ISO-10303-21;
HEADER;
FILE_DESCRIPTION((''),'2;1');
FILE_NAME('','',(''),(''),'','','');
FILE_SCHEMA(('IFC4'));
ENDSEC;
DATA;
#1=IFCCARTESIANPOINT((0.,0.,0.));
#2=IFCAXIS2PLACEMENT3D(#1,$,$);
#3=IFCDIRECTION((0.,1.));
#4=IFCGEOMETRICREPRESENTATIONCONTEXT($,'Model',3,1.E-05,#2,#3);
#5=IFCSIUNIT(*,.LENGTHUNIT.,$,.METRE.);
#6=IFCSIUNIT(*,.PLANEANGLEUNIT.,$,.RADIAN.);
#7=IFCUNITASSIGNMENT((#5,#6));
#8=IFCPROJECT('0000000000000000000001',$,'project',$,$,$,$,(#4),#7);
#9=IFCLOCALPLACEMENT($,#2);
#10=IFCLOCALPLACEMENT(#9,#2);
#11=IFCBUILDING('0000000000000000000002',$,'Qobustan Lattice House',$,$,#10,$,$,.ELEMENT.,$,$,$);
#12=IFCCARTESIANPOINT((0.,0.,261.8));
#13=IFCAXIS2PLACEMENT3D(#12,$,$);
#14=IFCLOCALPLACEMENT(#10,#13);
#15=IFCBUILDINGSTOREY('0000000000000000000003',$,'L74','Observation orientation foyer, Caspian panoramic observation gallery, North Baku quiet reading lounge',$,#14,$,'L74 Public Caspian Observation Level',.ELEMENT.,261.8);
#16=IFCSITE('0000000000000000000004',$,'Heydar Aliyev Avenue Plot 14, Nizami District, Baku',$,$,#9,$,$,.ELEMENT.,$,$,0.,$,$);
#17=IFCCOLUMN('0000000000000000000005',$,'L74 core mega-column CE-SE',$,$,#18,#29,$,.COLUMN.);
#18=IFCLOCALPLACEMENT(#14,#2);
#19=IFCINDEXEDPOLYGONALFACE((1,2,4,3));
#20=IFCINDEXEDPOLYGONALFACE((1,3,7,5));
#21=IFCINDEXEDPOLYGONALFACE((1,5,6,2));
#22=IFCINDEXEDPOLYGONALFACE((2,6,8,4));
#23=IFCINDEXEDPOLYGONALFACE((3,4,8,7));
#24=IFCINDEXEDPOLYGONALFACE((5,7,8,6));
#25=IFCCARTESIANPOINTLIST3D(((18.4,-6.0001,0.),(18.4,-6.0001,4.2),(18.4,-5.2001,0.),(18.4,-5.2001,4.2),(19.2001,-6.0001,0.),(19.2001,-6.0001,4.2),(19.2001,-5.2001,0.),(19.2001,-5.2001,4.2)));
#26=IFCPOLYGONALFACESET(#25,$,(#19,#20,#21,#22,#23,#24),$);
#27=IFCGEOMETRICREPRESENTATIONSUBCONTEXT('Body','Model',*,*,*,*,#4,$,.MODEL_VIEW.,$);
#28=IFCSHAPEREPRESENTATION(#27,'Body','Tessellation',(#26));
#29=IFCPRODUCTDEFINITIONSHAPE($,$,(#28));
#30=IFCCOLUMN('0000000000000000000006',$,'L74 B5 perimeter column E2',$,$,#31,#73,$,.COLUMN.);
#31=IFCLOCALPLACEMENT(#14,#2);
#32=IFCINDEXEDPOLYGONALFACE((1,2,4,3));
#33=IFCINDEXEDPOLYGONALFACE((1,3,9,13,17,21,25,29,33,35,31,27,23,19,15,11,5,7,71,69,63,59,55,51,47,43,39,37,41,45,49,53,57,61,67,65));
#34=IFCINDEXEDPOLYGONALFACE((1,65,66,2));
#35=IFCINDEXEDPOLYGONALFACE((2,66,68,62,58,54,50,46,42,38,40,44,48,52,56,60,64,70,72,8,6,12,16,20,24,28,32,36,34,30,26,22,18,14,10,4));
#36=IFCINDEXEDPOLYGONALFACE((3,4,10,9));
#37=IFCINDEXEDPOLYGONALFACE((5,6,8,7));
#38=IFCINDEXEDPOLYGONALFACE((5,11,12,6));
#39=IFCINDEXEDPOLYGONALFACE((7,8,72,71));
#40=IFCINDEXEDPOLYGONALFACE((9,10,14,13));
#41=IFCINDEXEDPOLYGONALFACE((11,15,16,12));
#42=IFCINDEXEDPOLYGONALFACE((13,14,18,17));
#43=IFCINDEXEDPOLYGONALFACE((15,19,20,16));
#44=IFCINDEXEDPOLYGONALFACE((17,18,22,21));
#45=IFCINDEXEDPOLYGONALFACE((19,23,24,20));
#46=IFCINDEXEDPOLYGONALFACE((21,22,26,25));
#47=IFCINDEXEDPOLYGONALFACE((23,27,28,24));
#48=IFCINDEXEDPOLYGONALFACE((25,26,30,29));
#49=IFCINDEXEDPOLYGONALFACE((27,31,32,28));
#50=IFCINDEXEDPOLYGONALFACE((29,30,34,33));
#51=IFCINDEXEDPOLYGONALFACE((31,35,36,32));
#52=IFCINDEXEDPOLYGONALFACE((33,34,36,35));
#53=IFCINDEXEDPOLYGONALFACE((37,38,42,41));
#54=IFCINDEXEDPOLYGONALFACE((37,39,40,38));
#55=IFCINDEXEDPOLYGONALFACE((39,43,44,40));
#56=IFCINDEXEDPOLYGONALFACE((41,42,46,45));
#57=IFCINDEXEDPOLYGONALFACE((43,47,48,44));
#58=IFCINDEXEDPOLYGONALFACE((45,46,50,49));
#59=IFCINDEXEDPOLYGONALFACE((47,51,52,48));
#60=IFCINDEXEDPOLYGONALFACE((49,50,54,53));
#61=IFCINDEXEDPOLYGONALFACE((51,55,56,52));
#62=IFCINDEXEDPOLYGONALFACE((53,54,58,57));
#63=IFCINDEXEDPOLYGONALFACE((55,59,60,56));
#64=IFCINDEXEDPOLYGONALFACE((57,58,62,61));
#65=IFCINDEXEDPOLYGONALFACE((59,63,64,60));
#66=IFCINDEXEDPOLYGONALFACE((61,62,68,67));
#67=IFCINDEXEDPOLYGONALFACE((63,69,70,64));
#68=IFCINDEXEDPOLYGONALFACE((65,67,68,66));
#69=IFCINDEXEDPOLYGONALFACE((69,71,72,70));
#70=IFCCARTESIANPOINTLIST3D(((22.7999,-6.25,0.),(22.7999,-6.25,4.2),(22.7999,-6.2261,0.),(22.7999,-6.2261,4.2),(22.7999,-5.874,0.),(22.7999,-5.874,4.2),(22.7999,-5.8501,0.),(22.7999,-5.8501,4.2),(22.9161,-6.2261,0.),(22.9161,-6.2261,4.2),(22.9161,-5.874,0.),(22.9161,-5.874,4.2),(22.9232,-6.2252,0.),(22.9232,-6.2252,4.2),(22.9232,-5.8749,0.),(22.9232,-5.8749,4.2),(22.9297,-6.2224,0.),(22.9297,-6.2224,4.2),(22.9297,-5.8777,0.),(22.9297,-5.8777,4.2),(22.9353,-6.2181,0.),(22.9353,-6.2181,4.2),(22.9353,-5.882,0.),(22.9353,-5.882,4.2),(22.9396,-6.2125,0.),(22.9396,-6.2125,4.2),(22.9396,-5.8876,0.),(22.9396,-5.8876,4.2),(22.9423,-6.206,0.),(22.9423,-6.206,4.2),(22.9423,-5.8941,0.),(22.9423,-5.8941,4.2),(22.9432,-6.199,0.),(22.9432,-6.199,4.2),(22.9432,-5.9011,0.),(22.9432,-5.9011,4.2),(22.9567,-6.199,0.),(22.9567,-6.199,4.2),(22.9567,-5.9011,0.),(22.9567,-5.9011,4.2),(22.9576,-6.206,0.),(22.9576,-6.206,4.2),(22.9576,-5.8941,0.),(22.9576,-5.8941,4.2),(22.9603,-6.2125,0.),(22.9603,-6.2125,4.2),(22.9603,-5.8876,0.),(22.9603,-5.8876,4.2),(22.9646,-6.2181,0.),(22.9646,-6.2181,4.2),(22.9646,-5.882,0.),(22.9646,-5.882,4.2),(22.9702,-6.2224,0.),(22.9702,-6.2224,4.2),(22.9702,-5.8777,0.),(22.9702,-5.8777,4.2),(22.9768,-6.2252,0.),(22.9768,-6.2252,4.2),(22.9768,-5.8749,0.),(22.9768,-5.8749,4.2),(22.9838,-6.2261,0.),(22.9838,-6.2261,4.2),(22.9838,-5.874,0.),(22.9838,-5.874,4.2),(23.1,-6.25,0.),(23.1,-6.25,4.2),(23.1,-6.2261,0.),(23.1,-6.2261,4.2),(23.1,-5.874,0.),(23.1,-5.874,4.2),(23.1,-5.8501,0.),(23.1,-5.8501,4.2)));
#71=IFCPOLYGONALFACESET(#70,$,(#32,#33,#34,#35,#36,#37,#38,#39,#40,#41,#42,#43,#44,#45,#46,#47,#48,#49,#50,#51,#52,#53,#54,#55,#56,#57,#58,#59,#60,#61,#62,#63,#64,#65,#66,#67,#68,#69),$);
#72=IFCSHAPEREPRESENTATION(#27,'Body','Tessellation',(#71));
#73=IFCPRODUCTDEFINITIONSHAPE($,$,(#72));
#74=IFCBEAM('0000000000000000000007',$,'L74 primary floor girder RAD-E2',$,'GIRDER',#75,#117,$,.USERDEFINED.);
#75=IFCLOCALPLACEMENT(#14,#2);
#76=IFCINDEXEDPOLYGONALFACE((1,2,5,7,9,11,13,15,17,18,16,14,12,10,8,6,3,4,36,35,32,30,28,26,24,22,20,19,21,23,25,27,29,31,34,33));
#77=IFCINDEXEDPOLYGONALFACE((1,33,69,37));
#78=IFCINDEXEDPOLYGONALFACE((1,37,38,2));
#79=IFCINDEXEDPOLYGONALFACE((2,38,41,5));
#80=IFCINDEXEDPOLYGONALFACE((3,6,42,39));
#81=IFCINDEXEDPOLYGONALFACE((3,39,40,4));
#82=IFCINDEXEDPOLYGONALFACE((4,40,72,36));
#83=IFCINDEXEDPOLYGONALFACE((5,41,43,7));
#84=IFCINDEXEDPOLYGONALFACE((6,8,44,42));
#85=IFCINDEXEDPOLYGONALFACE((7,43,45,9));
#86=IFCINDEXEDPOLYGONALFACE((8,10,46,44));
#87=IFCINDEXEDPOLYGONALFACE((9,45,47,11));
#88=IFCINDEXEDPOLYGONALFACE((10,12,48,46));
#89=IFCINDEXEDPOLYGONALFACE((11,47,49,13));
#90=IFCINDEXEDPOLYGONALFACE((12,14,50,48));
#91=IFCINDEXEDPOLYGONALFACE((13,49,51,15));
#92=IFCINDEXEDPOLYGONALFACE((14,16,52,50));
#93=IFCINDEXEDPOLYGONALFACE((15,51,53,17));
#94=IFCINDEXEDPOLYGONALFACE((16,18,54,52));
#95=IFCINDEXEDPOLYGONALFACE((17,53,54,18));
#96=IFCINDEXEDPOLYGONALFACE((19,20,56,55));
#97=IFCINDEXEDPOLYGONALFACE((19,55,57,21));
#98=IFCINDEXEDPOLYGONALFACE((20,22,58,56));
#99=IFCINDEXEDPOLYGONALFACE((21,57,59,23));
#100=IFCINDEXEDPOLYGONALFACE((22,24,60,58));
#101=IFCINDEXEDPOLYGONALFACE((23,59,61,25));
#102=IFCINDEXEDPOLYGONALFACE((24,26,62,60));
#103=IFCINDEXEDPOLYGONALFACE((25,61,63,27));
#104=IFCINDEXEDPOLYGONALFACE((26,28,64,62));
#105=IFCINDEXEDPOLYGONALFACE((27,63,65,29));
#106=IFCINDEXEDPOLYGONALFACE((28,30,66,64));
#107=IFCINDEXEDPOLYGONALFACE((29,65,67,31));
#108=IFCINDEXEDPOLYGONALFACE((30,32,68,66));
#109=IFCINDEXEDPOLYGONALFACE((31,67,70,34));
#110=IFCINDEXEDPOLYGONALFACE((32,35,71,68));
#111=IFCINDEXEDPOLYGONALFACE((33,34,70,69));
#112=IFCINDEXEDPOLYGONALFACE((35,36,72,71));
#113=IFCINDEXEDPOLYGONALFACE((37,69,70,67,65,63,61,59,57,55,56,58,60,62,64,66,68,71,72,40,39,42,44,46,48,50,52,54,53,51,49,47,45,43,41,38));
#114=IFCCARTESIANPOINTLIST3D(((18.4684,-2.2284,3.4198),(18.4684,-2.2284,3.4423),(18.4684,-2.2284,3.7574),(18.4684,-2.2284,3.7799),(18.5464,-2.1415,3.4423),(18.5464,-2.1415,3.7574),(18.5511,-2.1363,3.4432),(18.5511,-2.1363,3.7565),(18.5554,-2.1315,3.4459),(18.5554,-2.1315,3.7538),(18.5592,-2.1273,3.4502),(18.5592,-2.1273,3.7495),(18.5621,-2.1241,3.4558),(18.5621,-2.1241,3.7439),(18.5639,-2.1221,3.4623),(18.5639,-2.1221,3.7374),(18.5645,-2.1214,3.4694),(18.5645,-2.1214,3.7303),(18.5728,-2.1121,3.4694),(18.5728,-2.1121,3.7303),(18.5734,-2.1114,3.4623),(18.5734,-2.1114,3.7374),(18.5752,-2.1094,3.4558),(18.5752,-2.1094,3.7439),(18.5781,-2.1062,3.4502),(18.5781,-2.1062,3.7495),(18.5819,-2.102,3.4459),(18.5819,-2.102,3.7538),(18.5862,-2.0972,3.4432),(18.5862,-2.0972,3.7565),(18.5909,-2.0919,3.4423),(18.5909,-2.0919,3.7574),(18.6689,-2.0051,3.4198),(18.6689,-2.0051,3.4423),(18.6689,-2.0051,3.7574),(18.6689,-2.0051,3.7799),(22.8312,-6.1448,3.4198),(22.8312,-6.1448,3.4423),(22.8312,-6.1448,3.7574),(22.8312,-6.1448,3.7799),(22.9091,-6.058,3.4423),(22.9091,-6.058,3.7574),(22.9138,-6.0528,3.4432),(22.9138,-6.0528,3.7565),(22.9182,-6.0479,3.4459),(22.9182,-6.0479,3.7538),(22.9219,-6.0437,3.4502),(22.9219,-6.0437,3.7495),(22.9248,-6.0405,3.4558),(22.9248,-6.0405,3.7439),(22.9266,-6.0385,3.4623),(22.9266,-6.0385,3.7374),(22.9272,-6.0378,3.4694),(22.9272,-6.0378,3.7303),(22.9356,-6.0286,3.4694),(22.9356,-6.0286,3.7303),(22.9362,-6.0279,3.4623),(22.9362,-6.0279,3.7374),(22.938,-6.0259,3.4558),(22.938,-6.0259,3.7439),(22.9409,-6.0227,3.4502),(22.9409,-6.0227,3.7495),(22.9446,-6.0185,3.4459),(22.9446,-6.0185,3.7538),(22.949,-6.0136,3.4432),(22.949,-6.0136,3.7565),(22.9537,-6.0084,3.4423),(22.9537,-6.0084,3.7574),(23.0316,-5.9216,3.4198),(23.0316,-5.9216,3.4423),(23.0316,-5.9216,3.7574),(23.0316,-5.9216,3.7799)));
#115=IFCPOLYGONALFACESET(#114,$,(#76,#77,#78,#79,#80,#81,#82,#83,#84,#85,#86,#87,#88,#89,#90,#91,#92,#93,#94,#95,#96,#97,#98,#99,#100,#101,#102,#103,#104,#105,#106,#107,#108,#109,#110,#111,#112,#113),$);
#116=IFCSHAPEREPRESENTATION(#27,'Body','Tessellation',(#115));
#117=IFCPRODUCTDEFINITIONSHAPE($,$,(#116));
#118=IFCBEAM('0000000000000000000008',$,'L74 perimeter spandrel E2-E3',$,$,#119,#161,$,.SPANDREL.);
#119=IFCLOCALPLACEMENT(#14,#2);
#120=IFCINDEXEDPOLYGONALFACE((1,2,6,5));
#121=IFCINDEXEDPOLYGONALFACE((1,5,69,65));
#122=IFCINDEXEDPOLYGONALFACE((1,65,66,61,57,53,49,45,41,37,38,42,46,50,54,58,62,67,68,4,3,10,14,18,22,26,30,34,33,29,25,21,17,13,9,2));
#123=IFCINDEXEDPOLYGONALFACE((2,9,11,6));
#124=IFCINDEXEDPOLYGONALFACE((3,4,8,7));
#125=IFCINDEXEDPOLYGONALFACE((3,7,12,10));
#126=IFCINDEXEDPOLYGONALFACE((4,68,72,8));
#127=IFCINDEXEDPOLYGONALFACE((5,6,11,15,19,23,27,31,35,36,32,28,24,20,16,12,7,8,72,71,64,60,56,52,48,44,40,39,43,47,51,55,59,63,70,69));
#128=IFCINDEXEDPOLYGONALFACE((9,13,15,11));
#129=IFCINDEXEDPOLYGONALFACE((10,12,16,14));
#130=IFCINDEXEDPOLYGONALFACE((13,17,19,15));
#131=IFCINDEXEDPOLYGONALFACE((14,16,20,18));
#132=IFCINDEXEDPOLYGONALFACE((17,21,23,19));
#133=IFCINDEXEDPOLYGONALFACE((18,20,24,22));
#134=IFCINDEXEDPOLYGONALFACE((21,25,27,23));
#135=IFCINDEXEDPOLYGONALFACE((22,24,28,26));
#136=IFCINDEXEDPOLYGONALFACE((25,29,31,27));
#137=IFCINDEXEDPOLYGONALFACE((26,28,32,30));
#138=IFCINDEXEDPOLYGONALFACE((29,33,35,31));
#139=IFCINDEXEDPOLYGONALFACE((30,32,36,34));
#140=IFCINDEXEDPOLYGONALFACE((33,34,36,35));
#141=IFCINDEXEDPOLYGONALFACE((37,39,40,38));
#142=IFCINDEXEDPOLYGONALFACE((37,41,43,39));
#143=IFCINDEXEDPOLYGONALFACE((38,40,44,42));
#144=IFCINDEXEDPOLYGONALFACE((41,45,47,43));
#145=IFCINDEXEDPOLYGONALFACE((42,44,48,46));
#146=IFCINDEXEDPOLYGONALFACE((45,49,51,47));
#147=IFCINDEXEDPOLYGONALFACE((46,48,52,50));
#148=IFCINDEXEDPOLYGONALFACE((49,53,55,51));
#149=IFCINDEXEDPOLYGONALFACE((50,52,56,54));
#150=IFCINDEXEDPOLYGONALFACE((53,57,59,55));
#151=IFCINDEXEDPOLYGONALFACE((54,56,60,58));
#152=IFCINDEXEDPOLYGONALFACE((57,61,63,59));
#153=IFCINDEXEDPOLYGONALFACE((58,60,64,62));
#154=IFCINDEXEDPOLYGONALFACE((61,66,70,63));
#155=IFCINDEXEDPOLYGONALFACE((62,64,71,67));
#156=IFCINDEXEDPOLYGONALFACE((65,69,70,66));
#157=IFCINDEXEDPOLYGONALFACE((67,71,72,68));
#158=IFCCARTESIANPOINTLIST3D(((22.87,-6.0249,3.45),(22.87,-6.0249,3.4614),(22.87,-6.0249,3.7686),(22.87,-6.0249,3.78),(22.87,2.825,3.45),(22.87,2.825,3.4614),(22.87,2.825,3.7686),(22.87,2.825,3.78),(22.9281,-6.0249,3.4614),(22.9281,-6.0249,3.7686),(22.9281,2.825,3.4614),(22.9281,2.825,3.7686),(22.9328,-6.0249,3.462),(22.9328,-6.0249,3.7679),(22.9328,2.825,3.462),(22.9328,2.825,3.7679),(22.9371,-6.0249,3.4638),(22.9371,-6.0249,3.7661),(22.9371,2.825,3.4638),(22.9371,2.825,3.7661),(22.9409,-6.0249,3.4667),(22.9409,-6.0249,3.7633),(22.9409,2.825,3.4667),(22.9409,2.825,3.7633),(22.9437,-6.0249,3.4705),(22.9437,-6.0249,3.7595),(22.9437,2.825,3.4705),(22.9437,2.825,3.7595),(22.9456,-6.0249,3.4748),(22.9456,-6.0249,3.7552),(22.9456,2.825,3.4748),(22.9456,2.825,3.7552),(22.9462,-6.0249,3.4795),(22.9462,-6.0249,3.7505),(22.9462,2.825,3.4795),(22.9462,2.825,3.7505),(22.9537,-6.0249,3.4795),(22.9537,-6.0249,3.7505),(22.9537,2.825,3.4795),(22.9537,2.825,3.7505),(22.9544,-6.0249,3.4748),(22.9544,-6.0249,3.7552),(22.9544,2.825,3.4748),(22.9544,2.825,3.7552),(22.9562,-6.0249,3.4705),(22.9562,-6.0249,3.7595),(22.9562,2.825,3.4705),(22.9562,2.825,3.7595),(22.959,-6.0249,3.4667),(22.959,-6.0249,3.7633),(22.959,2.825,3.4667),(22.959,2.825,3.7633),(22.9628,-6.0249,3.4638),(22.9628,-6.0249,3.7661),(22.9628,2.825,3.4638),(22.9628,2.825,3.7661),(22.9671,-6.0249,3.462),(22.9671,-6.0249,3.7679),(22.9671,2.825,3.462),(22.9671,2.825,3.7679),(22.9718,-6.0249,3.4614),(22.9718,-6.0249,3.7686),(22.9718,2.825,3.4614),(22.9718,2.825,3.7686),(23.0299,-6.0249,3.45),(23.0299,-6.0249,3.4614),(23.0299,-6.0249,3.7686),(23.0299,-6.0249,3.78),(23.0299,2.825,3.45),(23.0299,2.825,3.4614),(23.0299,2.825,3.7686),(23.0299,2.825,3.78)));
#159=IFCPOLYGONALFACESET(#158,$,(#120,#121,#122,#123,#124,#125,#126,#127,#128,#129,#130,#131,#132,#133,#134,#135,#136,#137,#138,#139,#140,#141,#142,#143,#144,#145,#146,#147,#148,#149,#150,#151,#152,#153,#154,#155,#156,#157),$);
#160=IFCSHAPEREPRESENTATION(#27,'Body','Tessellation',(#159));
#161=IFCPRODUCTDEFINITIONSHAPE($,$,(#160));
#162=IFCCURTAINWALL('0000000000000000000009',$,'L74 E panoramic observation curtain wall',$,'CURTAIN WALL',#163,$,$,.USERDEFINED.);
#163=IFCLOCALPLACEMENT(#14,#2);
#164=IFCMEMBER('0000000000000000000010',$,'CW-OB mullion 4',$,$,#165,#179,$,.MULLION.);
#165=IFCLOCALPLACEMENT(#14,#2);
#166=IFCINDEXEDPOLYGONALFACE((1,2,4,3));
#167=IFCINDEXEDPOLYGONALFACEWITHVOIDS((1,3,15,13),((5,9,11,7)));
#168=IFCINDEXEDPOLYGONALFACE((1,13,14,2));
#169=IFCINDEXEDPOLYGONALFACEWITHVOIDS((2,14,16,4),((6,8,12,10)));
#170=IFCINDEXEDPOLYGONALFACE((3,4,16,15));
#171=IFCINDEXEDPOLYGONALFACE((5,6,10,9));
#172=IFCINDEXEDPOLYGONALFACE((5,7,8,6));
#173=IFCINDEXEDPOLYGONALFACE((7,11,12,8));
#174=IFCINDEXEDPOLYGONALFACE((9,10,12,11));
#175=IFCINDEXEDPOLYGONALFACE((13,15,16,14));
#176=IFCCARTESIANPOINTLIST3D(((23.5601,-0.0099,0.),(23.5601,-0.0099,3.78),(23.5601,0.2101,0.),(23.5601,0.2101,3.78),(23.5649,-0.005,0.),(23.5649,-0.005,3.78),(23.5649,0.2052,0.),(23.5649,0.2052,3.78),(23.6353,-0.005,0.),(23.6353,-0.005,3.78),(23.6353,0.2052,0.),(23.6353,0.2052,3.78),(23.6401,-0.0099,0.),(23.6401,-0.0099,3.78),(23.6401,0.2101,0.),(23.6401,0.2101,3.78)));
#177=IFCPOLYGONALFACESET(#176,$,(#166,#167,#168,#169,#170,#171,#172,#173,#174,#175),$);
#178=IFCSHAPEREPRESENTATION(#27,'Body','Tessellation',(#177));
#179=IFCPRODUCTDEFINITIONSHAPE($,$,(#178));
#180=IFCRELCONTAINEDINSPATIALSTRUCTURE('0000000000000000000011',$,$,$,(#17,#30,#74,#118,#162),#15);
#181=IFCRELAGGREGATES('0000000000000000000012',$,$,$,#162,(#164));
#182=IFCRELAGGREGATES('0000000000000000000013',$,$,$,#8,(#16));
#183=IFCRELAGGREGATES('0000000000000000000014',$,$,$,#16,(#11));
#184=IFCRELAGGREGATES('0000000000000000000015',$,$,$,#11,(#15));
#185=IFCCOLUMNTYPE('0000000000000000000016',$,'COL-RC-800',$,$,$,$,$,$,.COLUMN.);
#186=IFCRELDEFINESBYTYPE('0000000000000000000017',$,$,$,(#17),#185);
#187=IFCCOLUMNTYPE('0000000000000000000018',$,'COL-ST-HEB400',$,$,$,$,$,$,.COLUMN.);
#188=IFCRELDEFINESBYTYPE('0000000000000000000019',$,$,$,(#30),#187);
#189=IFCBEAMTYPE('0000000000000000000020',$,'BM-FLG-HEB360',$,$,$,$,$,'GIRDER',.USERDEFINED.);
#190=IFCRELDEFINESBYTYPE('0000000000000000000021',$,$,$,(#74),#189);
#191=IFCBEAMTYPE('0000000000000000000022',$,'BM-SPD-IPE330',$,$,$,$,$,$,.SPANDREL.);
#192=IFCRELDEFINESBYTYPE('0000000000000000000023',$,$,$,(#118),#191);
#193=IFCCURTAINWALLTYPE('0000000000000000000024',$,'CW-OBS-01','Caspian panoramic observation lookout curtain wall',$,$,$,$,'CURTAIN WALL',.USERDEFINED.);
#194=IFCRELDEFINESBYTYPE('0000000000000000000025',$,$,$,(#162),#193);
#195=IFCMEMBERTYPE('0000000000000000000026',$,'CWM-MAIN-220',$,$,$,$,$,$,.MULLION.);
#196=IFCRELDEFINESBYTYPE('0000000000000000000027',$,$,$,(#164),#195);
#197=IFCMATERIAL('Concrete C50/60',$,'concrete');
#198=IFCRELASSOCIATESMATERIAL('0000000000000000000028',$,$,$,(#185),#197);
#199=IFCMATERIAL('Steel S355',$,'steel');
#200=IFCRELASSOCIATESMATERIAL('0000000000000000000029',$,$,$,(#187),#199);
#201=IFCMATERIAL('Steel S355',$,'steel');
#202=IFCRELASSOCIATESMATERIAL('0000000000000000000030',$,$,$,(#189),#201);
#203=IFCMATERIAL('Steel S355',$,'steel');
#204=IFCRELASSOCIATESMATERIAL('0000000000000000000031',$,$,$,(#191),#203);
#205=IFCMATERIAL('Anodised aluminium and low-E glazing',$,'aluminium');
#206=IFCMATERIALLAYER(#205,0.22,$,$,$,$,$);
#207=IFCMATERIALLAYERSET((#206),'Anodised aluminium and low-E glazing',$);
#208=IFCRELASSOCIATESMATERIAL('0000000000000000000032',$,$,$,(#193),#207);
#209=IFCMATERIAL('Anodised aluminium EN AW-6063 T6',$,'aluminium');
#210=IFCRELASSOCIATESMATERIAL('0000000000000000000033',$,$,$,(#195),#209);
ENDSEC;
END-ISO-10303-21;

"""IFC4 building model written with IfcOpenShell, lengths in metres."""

from ifc_helpers import new_model, si_unit, direction, frame, origin, origin_2d, place, context, subcontext, project, spatial, rectangle, hollow_rectangle, i_section, extrude, material, layer, layer_set, material_profile, profile_set, type_object, element, aggregate, save


model = new_model("IFC4")

# Units and contexts
model_context = context("Model", 3, precision=1e-05, world=origin(), true_north=direction((0.0, 1.0)))
body_context = subcontext(model_context, "Body", "Model", "MODEL_VIEW")
ifc_project = project(units=[si_unit("LENGTHUNIT", "METRE"), si_unit("PLANEANGLEUNIT", "RADIAN")], contexts=[model_context])

# Site, building, storey
site_placement = place(None, origin())
site = spatial("IfcSite", under=ifc_project, at=site_placement, Name="Heydar Aliyev Avenue Plot 14, Nizami District, Baku", CompositionType="ELEMENT", RefElevation=0.0)
building_placement = place(site_placement, origin())
building = spatial("IfcBuilding", under=site, at=building_placement, Name="Qobustan Lattice House", CompositionType="ELEMENT")
storey_placement = place(building_placement, frame((0.0, 0.0, 261.8)))
storey = spatial("IfcBuildingStorey", under=building, at=storey_placement, Name="L74", Description="Observation orientation foyer, Caspian panoramic observation gallery, North Baku quiet reading lounge", LongName="L74 Public Caspian Observation Level", CompositionType="ELEMENT", Elevation=261.8)

# Columns
ifc_material_1 = material(Name="Concrete C50/60", Category="concrete")
ifc_material_profile_1 = material_profile(ifc_material_1, rectangle(XDim=0.8, YDim=0.8, at=origin_2d()), Name="RC800x800")
ifc_profile_set_1 = profile_set([ifc_material_profile_1], Name="Concrete C50/60")
column_type_1 = type_object("IfcColumnType", Name="COL-RC-800", PredefinedType="COLUMN", material=ifc_profile_set_1)
column_1_placement = place(storey_placement, frame((18.8, -5.6001, 0.0), z_axis=(0.0, 0.0, 1.0), x_axis=(1.0, 0.0, 0.0)))
element("IfcColumn", 1, at=column_1_placement, inside=storey, type_object=column_type_1, Name="L74 core mega-column CE-SE", PredefinedType="COLUMN", context=body_context, shape_type="SweptSolid", body=[
    extrude(rectangle(XDim=0.8, YDim=0.8, at=origin_2d()), origin(), (0.0, 0.0, 1.0), 4.2),
])
ifc_material_2 = material(Name="Steel S355", Category="steel")
ifc_material_profile_2 = material_profile(ifc_material_2, i_section(OverallWidth=0.3, OverallDepth=0.3999, WebThickness=0.0134, FlangeThickness=0.0239, FilletRadius=0.0271, at=origin_2d()), Name="HEB400")
ifc_profile_set_2 = profile_set([ifc_material_profile_2], Name="Steel S355")
column_type_2 = type_object("IfcColumnType", Name="COL-ST-HEB400", PredefinedType="COLUMN", material=ifc_profile_set_2)
column_2_placement = place(storey_placement, frame((22.95, -6.05, 0.0), z_axis=(0.0, 0.0, 1.0), x_axis=(1.0, 0.0, 0.0)))
element("IfcColumn", 2, at=column_2_placement, inside=storey, type_object=column_type_2, Name="L74 B5 perimeter column E2", PredefinedType="COLUMN", context=body_context, shape_type="SweptSolid", body=[
    extrude(i_section(OverallWidth=0.3, OverallDepth=0.3999, WebThickness=0.0134, FlangeThickness=0.0239, FilletRadius=0.0271, at=origin_2d()), origin(), (0.0, 0.0, 1.0), 4.2),
])

# Beams
ifc_material_3 = material(Name="Steel S355", Category="steel")
ifc_material_profile_3 = material_profile(ifc_material_3, i_section(OverallWidth=0.3, OverallDepth=0.3601, WebThickness=0.0125, FlangeThickness=0.0225, FilletRadius=0.0271, at=origin_2d()), Name="HEB360")
ifc_profile_set_3 = profile_set([ifc_material_profile_3], Name="Steel S355")
beam_type_1 = type_object("IfcBeamType", Name="BM-FLG-HEB360", ElementType="GIRDER", PredefinedType="USERDEFINED", material=ifc_profile_set_3)
beam_1_placement = place(storey_placement, frame((22.9314, -6.0332, 3.5999), z_axis=(-0.744142, 0.668021, 0.0), x_axis=(-0.668021, -0.744142, 0.0)))
element("IfcBeam", 3, at=beam_1_placement, inside=storey, type_object=beam_type_1, Name="L74 primary floor girder RAD-E2", ObjectType="GIRDER", PredefinedType="USERDEFINED", context=body_context, shape_type="SweptSolid", body=[
    extrude(i_section(OverallWidth=0.3, OverallDepth=0.3601, WebThickness=0.0125, FlangeThickness=0.0225, FilletRadius=0.0271, at=origin_2d()), origin(), (0.0, 0.0, 1.0), 5.8628),
])
ifc_material_4 = material(Name="Steel S355", Category="steel")
ifc_material_profile_4 = material_profile(ifc_material_4, i_section(OverallWidth=0.1599, OverallDepth=0.3301, WebThickness=0.0076, FlangeThickness=0.0115, FilletRadius=0.0181, at=origin_2d()), Name="IPE330")
ifc_profile_set_4 = profile_set([ifc_material_profile_4], Name="Steel S355")
beam_type_2 = type_object("IfcBeamType", Name="BM-SPD-IPE330", PredefinedType="SPANDREL", material=ifc_profile_set_4)
beam_2_placement = place(storey_placement, frame((22.95, -6.0249, 3.615), z_axis=(0.0, 1.0, 0.0), x_axis=(-1.0, 0.0, 0.0)))
element("IfcBeam", 4, at=beam_2_placement, inside=storey, type_object=beam_type_2, Name="L74 perimeter spandrel E2-E3", PredefinedType="SPANDREL", context=body_context, shape_type="SweptSolid", body=[
    extrude(i_section(OverallWidth=0.1599, OverallDepth=0.3301, WebThickness=0.0076, FlangeThickness=0.0115, FilletRadius=0.0181, at=origin_2d()), origin(), (0.0, 0.0, 1.0), 8.8499),
])

# Curtain wall, member
ifc_material_5 = material(Name="Anodised aluminium and low-E glazing", Category="aluminium")
ifc_layer_1 = layer(ifc_material_5, 0.22)
ifc_layer_set_1 = layer_set([ifc_layer_1], Name="Anodised aluminium and low-E glazing")
curtain_wall_type = type_object("IfcCurtainWallType", Name="CW-OBS-01", Description="Caspian panoramic observation lookout curtain wall", ElementType="CURTAIN WALL", PredefinedType="USERDEFINED", material=ifc_layer_set_1)
curtain_wall_placement = place(storey_placement, origin())
curtain_wall = element("IfcCurtainWall", 5, at=curtain_wall_placement, inside=storey, type_object=curtain_wall_type, Name="L74 E panoramic observation curtain wall", ObjectType="CURTAIN WALL", PredefinedType="USERDEFINED")
ifc_material_6 = material(Name="Anodised aluminium EN AW-6063 T6", Category="aluminium")
ifc_material_profile_5 = material_profile(ifc_material_6, hollow_rectangle(XDim=0.0801, YDim=0.22, WallThickness=0.0049, at=origin_2d()), Name="CWM-220x80")
ifc_profile_set_5 = profile_set([ifc_material_profile_5], Name="Anodised aluminium EN AW-6063 T6")
member_type_1 = type_object("IfcMemberType", Name="CWM-MAIN-220", PredefinedType="MULLION", material=ifc_profile_set_5)
member_1_placement = place(storey_placement, frame((23.6001, 0.1001, 0.0), z_axis=(0.0, 0.0, 1.0), x_axis=(1.0, 0.0, 0.0)))
member_1 = element("IfcMember", 6, at=member_1_placement, type_object=member_type_1, Name="CW-OB mullion 4", PredefinedType="MULLION", context=body_context, shape_type="SweptSolid", body=[
    extrude(hollow_rectangle(XDim=0.0801, YDim=0.22, WallThickness=0.0049, at=origin_2d()), origin(), (0.0, 0.0, 1.0), 3.78),
])
aggregate(curtain_wall, [member_1])

save(model, "model.ifc")
